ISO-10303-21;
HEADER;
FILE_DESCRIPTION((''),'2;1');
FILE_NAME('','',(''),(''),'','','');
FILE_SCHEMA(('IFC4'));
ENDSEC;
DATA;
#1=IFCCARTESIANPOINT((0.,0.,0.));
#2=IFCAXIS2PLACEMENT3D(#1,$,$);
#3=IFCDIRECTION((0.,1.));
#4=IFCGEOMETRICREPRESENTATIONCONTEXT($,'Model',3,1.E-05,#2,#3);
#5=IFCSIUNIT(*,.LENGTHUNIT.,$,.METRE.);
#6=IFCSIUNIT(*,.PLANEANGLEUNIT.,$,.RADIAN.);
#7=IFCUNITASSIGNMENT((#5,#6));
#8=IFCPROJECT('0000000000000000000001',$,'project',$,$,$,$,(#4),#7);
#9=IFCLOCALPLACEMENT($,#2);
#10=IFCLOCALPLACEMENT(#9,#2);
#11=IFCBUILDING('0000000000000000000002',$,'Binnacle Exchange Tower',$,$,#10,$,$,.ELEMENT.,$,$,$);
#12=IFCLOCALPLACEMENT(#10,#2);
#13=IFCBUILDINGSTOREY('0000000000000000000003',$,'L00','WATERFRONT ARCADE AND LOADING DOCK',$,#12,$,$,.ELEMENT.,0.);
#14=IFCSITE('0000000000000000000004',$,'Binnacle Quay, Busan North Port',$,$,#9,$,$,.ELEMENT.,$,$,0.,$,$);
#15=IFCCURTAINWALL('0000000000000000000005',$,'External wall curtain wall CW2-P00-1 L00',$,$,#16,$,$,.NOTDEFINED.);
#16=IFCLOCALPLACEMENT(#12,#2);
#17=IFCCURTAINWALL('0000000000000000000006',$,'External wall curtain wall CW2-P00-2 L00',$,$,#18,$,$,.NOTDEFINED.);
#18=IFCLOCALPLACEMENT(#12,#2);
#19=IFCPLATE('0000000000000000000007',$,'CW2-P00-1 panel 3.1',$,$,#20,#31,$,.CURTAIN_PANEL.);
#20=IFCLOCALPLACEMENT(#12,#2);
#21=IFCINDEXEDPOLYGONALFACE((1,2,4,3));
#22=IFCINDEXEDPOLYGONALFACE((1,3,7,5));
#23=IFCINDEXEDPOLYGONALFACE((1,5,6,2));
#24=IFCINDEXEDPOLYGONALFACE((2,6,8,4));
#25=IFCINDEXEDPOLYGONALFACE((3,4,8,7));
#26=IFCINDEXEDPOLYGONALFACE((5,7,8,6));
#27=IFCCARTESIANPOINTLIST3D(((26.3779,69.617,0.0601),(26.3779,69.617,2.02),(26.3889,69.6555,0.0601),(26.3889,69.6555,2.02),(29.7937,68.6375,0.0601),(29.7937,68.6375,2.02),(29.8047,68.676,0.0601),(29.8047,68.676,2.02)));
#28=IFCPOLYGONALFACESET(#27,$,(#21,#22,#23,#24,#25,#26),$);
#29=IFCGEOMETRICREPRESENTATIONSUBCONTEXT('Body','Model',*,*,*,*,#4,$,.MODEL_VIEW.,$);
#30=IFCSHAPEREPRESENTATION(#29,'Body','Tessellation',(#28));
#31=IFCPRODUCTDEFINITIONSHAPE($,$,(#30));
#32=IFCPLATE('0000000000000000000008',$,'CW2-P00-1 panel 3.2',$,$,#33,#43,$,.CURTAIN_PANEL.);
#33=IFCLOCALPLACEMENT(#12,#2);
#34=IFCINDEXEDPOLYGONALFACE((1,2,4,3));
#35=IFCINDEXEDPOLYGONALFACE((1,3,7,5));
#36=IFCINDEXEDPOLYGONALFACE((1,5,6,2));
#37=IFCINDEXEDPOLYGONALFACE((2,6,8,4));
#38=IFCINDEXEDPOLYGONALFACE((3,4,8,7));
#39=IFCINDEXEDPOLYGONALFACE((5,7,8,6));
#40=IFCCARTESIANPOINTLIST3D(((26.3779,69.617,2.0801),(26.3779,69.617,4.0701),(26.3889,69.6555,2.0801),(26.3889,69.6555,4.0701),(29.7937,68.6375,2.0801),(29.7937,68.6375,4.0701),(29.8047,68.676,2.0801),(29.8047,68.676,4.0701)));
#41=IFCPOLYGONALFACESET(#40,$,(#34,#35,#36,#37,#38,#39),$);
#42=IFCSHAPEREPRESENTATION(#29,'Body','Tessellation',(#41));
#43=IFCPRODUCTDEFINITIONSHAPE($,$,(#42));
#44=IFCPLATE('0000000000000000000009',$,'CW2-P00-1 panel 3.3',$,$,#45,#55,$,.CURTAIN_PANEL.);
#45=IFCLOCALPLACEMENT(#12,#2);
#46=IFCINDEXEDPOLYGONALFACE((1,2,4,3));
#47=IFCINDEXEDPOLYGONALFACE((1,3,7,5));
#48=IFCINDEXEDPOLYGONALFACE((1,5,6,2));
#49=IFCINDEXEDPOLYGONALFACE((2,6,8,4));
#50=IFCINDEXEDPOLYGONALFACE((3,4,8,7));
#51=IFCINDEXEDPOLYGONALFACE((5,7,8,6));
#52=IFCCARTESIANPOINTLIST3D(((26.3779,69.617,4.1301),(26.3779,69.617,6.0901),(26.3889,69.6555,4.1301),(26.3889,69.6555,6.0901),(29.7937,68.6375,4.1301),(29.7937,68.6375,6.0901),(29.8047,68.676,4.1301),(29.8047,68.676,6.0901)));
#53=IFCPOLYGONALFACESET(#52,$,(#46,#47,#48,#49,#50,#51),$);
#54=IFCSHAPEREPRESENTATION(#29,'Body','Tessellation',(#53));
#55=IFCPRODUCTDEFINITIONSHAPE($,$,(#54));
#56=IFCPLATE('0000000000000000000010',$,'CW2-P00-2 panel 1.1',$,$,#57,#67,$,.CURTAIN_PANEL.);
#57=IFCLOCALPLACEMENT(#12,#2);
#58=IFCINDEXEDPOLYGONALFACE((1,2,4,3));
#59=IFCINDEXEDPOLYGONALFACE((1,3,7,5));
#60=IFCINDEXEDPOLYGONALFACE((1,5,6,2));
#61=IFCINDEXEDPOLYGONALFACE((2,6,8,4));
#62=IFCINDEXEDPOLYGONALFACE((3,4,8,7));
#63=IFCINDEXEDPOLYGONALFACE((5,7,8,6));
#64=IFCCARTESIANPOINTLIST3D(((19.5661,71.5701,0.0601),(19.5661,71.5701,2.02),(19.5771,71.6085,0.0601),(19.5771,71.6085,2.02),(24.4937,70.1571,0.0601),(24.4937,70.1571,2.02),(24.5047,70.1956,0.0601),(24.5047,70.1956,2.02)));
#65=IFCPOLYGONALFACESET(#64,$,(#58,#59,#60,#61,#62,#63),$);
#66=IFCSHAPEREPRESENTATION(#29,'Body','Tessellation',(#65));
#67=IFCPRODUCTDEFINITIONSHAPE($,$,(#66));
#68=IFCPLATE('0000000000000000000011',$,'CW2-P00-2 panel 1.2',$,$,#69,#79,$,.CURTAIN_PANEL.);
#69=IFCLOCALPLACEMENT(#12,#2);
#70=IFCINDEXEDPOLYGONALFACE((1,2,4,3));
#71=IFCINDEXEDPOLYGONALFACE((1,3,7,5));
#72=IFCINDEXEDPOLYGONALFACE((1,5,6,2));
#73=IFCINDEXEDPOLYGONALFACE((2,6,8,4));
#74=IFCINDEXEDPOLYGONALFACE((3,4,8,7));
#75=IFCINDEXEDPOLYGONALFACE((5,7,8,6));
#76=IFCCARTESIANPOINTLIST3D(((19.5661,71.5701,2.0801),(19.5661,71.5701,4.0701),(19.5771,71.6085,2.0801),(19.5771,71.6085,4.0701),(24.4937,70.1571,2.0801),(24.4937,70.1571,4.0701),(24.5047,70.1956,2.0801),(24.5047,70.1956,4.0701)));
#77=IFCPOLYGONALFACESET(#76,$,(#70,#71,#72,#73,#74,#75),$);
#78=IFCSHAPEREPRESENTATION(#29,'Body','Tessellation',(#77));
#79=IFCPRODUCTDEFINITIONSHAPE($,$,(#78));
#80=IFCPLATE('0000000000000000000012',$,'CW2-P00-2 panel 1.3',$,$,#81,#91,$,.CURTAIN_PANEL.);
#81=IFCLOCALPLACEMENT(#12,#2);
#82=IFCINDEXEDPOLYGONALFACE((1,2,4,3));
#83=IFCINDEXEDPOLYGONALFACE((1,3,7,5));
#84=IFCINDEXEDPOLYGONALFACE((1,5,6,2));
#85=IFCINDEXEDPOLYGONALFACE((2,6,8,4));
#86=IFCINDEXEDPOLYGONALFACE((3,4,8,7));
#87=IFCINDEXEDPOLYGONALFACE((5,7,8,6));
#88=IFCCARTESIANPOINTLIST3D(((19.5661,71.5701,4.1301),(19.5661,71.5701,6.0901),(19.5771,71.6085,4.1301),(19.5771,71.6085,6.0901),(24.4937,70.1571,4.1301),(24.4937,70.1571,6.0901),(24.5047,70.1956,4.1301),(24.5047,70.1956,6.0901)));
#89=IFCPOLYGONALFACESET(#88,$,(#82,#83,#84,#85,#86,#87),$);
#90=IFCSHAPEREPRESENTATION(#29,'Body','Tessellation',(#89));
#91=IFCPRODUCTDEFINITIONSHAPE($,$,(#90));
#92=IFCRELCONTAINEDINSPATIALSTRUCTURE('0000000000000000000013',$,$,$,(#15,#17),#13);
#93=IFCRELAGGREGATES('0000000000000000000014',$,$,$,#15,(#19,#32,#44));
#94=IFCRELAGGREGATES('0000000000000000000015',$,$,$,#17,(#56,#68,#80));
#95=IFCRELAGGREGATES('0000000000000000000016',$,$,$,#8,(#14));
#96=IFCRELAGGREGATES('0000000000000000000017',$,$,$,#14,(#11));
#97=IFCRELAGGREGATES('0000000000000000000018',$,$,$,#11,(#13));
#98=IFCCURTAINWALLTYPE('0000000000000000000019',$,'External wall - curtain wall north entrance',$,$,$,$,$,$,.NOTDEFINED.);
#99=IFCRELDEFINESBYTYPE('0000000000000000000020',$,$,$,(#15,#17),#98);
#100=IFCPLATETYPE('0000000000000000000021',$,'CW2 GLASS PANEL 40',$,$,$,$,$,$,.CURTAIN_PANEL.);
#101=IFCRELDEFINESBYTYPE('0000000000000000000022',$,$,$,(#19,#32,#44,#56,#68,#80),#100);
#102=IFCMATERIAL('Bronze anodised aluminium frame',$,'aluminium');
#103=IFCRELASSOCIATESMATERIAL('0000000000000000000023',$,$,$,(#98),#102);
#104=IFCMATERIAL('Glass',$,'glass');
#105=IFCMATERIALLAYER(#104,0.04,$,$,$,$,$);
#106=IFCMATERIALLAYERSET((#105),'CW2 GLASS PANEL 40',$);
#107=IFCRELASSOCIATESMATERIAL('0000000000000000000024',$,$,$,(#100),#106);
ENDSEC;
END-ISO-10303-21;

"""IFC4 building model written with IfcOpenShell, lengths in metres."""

from ifc_helpers import new_model, si_unit, direction, frame, origin, origin_2d, place, context, subcontext, project, spatial, rectangle, extrude, material, layer, layer_set, type_object, element, aggregate, save


model = new_model("IFC4")

# Units and contexts
model_context = context("Model", 3, precision=1e-05, world=origin(), true_north=direction((0.0, 1.0)))
body_context = subcontext(model_context, "Body", "Model", "MODEL_VIEW")
ifc_project = project(units=[si_unit("LENGTHUNIT", "METRE"), si_unit("PLANEANGLEUNIT", "RADIAN")], contexts=[model_context])

# Site, building, storey
site_placement = place(None, origin())
site = spatial("IfcSite", under=ifc_project, at=site_placement, Name="Binnacle Quay, Busan North Port", CompositionType="ELEMENT", RefElevation=0.0)
building_placement = place(site_placement, origin())
building = spatial("IfcBuilding", under=site, at=building_placement, Name="Binnacle Exchange Tower", CompositionType="ELEMENT")
storey_placement = place(building_placement, origin())
storey = spatial("IfcBuildingStorey", under=building, at=storey_placement, Name="L00", Description="WATERFRONT ARCADE AND LOADING DOCK", CompositionType="ELEMENT", Elevation=0.0)

# Curtain wall
ifc_material_1 = material(Name="Bronze anodised aluminium frame", Category="aluminium")
curtain_wall_type = type_object("IfcCurtainWallType", Name="External wall - curtain wall north entrance", PredefinedType="NOTDEFINED", material=ifc_material_1)
curtain_wall_1_placement = place(storey_placement, origin())
curtain_wall_1 = element("IfcCurtainWall", 1, at=curtain_wall_1_placement, inside=storey, type_object=curtain_wall_type, Name="External wall curtain wall CW2-P00-1 L00", PredefinedType="NOTDEFINED")

# Curtain wall
curtain_wall_2_placement = place(storey_placement, origin())
curtain_wall_2 = element("IfcCurtainWall", 2, at=curtain_wall_2_placement, inside=storey, type_object=curtain_wall_type, Name="External wall curtain wall CW2-P00-2 L00", PredefinedType="NOTDEFINED")

# Plates
ifc_material_2 = material(Name="Glass", Category="glass")
ifc_layer_1 = layer(ifc_material_2, 0.04)
ifc_layer_set_1 = layer_set([ifc_layer_1], Name="CW2 GLASS PANEL 40")
plate_type = type_object("IfcPlateType", Name="CW2 GLASS PANEL 40", PredefinedType="CURTAIN_PANEL", material=ifc_layer_set_1)
plate_1_placement = place(storey_placement, frame((28.0913, 69.1465, 0.0601), z_axis=(0.0, 0.0, 1.0), x_axis=(-0.961262, 0.275637, 0.0)))
plate_1 = element("IfcPlate", 3, at=plate_1_placement, type_object=plate_type, Name="CW2-P00-1 panel 3.1", PredefinedType="CURTAIN_PANEL", context=body_context, shape_type="SweptSolid", body=[
    extrude(rectangle(XDim=3.5535, YDim=0.04, at=origin_2d()), origin(), (0.0, 0.0, 1.0), 1.96),
])
plate_2_placement = place(storey_placement, frame((28.0913, 69.1465, 2.0801), z_axis=(0.0, 0.0, 1.0), x_axis=(-0.961262, 0.275637, 0.0)))
plate_2 = element("IfcPlate", 4, at=plate_2_placement, type_object=plate_type, Name="CW2-P00-1 panel 3.2", PredefinedType="CURTAIN_PANEL", context=body_context, shape_type="SweptSolid", body=[
    extrude(rectangle(XDim=3.5535, YDim=0.04, at=origin_2d()), origin(), (0.0, 0.0, 1.0), 1.99),
])
plate_3_placement = place(storey_placement, frame((28.0913, 69.1465, 4.1301), z_axis=(0.0, 0.0, 1.0), x_axis=(-0.961262, 0.275637, 0.0)))
plate_3 = element("IfcPlate", 5, at=plate_3_placement, type_object=plate_type, Name="CW2-P00-1 panel 3.3", PredefinedType="CURTAIN_PANEL", context=body_context, shape_type="SweptSolid", body=[
    extrude(rectangle(XDim=3.5535, YDim=0.04, at=origin_2d()), origin(), (0.0, 0.0, 1.0), 1.96),
])
aggregate(curtain_wall_1, [plate_1, plate_2, plate_3])
plate_4_placement = place(storey_placement, frame((22.0354, 70.8828, 0.0601), z_axis=(0.0, 0.0, 1.0), x_axis=(-0.961262, 0.275637, 0.0)))
plate_4 = element("IfcPlate", 6, at=plate_4_placement, type_object=plate_type, Name="CW2-P00-2 panel 1.1", PredefinedType="CURTAIN_PANEL", context=body_context, shape_type="SweptSolid", body=[
    extrude(rectangle(XDim=5.1262, YDim=0.04, at=origin_2d()), origin(), (0.0, 0.0, 1.0), 1.96),
])
plate_5_placement = place(storey_placement, frame((22.0354, 70.8828, 2.0801), z_axis=(0.0, 0.0, 1.0), x_axis=(-0.961262, 0.275637, 0.0)))
plate_5 = element("IfcPlate", 7, at=plate_5_placement, type_object=plate_type, Name="CW2-P00-2 panel 1.2", PredefinedType="CURTAIN_PANEL", context=body_context, shape_type="SweptSolid", body=[
    extrude(rectangle(XDim=5.1262, YDim=0.04, at=origin_2d()), origin(), (0.0, 0.0, 1.0), 1.99),
])
plate_6_placement = place(storey_placement, frame((22.0354, 70.8828, 4.1301), z_axis=(0.0, 0.0, 1.0), x_axis=(-0.961262, 0.275637, 0.0)))
plate_6 = element("IfcPlate", 8, at=plate_6_placement, type_object=plate_type, Name="CW2-P00-2 panel 1.3", PredefinedType="CURTAIN_PANEL", context=body_context, shape_type="SweptSolid", body=[
    extrude(rectangle(XDim=5.1262, YDim=0.04, at=origin_2d()), origin(), (0.0, 0.0, 1.0), 1.96),
])
aggregate(curtain_wall_2, [plate_4, plate_5, plate_6])

save(model, "model.ifc")
